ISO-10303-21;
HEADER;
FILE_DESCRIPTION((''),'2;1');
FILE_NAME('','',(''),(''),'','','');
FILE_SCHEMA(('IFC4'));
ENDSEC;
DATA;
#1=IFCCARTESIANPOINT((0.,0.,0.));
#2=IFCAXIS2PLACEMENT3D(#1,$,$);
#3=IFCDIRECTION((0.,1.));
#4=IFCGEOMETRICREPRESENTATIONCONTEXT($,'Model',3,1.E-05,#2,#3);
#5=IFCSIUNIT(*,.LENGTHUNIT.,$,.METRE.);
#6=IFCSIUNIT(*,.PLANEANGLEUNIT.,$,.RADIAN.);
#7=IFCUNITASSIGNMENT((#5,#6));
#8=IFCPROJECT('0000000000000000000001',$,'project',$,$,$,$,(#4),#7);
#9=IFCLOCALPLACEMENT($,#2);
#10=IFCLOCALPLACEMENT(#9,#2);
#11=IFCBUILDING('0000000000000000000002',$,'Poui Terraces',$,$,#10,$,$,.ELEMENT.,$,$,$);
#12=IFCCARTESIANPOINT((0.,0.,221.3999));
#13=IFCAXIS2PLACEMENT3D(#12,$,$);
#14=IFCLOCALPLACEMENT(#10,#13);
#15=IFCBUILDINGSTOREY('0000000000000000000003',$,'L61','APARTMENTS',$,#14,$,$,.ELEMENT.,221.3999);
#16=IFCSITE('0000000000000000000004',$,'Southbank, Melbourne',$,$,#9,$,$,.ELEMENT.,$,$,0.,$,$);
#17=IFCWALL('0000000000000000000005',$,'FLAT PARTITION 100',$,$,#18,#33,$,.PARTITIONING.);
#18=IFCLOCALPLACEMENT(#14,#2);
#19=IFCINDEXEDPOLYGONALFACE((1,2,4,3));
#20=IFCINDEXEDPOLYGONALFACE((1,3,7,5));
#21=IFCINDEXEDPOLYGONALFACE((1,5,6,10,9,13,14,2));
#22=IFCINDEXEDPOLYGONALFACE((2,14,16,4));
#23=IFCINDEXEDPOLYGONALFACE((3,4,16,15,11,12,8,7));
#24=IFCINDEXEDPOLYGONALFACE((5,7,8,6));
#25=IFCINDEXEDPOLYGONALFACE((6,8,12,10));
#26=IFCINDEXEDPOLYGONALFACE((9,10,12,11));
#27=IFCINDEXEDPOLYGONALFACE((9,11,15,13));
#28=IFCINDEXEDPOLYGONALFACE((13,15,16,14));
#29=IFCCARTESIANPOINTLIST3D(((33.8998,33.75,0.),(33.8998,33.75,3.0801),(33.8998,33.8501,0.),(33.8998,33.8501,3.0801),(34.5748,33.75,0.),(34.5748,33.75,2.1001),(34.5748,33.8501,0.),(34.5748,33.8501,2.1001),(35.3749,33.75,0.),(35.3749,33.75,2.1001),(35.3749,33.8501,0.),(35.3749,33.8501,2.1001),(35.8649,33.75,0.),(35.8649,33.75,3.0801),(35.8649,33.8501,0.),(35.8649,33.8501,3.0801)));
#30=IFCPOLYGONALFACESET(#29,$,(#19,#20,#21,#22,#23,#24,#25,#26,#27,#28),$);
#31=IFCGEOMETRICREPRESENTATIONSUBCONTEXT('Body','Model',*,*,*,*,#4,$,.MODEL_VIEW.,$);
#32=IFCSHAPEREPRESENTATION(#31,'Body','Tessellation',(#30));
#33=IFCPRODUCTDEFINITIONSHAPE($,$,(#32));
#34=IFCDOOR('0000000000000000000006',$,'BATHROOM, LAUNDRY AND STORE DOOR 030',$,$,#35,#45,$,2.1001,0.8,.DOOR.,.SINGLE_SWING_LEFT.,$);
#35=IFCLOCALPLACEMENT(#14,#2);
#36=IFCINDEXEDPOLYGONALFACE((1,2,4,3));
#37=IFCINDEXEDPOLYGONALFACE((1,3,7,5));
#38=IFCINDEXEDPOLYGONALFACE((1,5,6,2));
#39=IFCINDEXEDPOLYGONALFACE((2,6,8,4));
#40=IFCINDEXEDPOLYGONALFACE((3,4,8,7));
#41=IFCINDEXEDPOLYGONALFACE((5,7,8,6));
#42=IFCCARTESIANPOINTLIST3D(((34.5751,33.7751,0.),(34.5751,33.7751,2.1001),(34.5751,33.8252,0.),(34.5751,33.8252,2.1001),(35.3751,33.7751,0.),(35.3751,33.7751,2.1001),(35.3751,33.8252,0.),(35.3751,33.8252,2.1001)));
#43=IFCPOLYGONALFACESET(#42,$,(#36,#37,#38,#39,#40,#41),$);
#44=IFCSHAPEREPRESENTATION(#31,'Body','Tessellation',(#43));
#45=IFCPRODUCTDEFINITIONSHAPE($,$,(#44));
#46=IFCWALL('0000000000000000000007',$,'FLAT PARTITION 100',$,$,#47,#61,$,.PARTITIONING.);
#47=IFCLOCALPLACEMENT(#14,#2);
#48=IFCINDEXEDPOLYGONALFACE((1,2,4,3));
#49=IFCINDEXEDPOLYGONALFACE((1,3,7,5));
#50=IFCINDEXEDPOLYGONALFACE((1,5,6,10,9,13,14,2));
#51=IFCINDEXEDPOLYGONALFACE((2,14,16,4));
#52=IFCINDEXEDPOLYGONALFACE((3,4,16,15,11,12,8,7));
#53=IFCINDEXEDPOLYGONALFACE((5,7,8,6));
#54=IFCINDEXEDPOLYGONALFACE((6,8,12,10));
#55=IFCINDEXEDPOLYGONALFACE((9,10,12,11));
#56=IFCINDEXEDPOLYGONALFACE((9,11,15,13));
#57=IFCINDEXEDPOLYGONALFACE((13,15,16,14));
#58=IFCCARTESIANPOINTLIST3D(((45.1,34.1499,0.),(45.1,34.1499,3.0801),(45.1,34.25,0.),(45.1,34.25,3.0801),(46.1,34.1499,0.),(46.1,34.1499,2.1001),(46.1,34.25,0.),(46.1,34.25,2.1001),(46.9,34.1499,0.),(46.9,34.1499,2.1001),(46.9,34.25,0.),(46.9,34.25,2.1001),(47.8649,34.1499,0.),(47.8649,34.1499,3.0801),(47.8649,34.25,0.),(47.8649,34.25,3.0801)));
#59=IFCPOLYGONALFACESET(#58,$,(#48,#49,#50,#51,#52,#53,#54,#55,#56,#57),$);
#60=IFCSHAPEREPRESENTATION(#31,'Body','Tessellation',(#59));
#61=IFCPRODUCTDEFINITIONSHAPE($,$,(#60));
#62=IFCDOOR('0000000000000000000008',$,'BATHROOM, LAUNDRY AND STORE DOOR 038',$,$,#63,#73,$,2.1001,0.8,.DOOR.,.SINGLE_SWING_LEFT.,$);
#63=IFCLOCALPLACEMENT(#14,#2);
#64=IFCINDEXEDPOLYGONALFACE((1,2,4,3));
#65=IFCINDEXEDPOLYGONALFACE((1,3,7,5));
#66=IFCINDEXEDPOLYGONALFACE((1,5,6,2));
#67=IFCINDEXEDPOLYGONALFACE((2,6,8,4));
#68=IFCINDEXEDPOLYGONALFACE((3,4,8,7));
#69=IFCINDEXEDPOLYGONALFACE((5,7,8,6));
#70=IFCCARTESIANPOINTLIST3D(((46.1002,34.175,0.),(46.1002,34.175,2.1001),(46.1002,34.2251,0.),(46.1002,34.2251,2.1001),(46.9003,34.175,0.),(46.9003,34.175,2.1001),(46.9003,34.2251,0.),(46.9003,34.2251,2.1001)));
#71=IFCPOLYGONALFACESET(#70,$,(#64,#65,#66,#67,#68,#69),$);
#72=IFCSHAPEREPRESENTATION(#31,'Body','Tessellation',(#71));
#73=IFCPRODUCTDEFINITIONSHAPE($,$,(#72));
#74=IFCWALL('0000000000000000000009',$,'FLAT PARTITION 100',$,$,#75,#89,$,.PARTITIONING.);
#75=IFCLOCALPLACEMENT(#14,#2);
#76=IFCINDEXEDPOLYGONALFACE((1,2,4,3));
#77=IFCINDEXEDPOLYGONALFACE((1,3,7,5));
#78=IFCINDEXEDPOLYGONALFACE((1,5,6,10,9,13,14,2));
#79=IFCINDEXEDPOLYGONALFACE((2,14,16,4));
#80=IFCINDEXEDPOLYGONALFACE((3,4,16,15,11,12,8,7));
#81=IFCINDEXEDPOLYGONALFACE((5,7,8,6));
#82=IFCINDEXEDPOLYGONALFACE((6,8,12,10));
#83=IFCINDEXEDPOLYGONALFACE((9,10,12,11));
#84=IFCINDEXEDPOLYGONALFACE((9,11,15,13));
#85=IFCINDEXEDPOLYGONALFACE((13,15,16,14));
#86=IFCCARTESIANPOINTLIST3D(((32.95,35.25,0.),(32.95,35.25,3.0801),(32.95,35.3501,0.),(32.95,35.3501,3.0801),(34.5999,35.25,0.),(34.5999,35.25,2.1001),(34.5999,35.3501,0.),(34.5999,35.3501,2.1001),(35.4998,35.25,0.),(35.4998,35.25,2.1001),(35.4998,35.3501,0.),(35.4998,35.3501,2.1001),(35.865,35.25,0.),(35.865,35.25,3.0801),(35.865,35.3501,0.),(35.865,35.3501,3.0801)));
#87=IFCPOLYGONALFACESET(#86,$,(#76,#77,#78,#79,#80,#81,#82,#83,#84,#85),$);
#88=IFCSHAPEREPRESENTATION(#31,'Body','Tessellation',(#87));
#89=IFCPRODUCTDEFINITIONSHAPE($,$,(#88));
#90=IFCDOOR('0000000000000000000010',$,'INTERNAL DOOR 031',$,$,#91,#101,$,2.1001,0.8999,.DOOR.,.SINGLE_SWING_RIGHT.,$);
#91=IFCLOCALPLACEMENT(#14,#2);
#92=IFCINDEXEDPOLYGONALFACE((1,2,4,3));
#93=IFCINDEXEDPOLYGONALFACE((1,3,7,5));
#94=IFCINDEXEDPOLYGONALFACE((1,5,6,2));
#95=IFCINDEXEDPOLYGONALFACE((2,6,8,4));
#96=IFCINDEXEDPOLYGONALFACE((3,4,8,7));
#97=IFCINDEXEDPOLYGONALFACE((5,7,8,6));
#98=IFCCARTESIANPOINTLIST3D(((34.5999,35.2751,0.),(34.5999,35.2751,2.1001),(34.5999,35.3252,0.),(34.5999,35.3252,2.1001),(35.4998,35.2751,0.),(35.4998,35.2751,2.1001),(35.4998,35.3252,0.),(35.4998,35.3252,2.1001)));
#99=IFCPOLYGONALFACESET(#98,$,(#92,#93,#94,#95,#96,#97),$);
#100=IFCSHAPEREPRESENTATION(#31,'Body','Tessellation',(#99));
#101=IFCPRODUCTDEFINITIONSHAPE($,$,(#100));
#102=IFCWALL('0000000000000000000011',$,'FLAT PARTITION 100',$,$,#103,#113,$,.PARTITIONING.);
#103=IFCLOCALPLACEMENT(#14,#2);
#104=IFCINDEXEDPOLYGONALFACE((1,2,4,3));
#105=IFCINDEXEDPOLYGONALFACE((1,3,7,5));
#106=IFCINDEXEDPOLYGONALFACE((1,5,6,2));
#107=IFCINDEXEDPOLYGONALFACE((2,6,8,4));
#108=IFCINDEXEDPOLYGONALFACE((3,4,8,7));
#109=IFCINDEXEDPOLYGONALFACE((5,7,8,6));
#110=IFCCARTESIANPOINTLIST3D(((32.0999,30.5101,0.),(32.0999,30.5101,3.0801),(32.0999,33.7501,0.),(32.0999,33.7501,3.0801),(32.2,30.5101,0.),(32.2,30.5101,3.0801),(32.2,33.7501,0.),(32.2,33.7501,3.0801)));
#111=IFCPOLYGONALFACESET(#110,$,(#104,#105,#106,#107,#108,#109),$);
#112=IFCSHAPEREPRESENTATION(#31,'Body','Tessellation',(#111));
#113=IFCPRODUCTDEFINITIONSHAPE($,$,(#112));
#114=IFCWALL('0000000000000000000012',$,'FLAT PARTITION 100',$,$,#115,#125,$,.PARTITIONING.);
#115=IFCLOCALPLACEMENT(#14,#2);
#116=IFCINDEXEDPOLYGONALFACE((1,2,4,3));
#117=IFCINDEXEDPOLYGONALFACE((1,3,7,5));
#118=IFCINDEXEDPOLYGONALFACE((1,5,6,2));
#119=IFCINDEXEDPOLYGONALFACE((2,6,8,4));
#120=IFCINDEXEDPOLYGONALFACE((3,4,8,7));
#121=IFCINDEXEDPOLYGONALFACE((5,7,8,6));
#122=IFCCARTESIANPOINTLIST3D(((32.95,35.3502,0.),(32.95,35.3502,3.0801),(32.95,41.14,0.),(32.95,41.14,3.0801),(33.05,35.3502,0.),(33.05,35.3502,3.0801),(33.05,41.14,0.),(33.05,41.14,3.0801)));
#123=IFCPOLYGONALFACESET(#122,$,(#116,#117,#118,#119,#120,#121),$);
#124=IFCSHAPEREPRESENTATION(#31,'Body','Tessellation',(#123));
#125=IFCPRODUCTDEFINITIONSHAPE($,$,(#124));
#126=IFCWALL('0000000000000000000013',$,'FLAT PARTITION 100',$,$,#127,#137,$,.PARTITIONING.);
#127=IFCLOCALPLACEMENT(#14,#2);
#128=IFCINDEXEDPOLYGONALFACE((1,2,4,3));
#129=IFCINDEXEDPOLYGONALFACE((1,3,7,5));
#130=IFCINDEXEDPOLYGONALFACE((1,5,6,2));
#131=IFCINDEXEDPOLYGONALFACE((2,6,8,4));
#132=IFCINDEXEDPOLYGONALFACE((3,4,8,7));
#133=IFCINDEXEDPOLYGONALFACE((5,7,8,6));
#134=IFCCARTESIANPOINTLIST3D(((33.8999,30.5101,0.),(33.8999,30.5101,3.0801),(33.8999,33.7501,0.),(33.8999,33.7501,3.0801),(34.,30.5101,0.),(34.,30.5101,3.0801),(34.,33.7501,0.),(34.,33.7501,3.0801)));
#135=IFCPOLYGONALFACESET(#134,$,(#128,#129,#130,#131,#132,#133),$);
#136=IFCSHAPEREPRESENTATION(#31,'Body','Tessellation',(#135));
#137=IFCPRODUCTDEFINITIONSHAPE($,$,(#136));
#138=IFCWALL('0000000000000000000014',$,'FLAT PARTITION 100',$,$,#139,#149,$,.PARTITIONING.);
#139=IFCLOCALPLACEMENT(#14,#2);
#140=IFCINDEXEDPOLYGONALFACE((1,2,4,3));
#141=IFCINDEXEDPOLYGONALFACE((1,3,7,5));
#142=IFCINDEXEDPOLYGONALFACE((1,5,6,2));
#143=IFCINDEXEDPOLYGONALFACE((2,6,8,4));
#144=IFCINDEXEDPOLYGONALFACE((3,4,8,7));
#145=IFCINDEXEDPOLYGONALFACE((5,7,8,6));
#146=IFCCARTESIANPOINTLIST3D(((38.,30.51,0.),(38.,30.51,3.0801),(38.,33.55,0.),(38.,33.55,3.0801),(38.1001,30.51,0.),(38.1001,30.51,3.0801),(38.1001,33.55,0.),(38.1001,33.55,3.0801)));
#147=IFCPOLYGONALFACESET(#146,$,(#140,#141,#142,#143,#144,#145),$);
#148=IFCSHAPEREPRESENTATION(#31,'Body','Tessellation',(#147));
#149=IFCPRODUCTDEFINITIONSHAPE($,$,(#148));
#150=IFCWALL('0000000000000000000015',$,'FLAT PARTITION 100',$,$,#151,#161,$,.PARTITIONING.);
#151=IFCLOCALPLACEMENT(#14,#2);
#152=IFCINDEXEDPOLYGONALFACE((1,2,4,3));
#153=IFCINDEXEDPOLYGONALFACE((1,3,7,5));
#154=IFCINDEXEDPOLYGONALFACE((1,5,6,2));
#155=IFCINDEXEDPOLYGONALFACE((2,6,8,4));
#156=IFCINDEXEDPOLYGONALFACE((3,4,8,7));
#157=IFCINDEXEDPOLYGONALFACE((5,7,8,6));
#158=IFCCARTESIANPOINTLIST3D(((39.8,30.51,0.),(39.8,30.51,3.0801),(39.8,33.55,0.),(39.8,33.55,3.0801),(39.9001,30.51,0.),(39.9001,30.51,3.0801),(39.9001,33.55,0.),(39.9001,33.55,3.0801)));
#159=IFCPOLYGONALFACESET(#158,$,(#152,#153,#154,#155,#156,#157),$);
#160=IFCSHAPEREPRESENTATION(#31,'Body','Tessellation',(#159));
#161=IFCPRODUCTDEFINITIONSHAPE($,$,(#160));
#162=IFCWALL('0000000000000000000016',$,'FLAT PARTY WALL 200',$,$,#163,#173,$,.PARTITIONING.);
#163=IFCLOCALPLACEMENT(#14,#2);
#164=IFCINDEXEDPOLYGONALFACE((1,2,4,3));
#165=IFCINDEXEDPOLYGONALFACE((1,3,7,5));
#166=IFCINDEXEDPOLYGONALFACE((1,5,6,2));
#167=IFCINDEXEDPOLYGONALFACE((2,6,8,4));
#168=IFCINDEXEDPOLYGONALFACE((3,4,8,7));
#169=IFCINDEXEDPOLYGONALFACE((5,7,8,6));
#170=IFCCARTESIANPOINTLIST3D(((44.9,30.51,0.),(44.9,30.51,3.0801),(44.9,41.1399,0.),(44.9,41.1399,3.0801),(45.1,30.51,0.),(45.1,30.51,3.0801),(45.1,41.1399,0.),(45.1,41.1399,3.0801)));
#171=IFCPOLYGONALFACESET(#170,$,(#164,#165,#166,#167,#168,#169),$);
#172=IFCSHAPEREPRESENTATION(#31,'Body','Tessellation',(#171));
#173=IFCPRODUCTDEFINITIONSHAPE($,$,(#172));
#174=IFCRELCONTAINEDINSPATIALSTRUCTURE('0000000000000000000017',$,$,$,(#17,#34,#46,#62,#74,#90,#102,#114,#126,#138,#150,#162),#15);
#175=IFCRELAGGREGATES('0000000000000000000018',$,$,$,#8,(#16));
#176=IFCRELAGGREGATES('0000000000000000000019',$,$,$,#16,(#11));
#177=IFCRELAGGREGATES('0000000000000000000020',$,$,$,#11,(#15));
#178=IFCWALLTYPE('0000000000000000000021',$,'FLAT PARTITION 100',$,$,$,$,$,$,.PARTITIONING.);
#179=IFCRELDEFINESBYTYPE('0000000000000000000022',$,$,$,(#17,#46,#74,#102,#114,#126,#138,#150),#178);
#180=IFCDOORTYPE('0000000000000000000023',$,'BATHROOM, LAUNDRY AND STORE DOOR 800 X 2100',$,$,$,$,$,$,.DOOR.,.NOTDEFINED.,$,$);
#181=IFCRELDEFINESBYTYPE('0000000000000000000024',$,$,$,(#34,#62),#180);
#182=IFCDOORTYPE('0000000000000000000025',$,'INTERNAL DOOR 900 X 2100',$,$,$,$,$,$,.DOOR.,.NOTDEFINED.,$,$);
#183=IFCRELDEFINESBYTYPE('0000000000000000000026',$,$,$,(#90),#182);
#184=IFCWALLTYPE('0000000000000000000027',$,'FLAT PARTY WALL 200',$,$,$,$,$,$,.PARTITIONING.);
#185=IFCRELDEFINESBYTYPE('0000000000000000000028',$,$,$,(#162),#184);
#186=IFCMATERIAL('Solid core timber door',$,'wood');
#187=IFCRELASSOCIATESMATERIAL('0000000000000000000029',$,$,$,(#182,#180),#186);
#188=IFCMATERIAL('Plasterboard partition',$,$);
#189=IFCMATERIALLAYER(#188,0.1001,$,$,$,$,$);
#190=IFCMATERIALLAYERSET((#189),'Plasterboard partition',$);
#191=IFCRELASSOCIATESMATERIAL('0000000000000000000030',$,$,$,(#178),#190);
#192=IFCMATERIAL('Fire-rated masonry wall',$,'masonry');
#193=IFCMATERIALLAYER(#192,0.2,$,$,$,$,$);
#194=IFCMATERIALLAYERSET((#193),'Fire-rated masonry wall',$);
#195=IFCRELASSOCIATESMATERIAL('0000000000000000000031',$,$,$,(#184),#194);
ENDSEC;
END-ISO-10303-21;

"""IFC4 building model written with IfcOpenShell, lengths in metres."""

from ifc_helpers import new_model, si_unit, direction, frame, frame_2d, origin, place, context, subcontext, project, spatial, rectangle, extrude, material, layer, layer_set, type_object, element, fill, save


model = new_model("IFC4")

# Units and contexts
model_context = context("Model", 3, precision=1e-05, world=origin(), true_north=direction((0.0, 1.0)))
body_context = subcontext(model_context, "Body", "Model", "MODEL_VIEW")
ifc_project = project(units=[si_unit("LENGTHUNIT", "METRE"), si_unit("PLANEANGLEUNIT", "RADIAN")], contexts=[model_context])

# Site, building, storey
site_placement = place(None, origin())
site = spatial("IfcSite", under=ifc_project, at=site_placement, Name="Southbank, Melbourne", CompositionType="ELEMENT", RefElevation=0.0)
building_placement = place(site_placement, origin())
building = spatial("IfcBuilding", under=site, at=building_placement, Name="Poui Terraces", CompositionType="ELEMENT")
storey_placement = place(building_placement, frame((0.0, 0.0, 221.3999)))
storey = spatial("IfcBuildingStorey", under=building, at=storey_placement, Name="L61", Description="APARTMENTS", CompositionType="ELEMENT", Elevation=221.3999)

# Walls, openings, doors
ifc_material_1 = material(Name="Solid core timber door", Category="wood")
door_type_1 = type_object("IfcDoorType", Name="INTERNAL DOOR 900 X 2100", OperationType="NOTDEFINED", PredefinedType="DOOR", material=ifc_material_1)
ifc_material_2 = material(Name="Plasterboard partition")
ifc_layer_1 = layer(ifc_material_2, 0.1001)
ifc_layer_set_1 = layer_set([ifc_layer_1], Name="Plasterboard partition")
wall_type_1 = type_object("IfcWallType", Name="FLAT PARTITION 100", PredefinedType="PARTITIONING", material=ifc_layer_set_1)
door_type_2 = type_object("IfcDoorType", Name="BATHROOM, LAUNDRY AND STORE DOOR 800 X 2100", OperationType="NOTDEFINED", PredefinedType="DOOR", material=ifc_material_1)
wall_1_placement = place(storey_placement, frame((33.8999, 33.8, 0.0), z_axis=(0.0, 0.0, 1.0), x_axis=(1.0, 0.0, 0.0)))
wall_1 = element("IfcWall", 1, at=wall_1_placement, inside=storey, type_object=wall_type_1, Name="FLAT PARTITION 100", PredefinedType="PARTITIONING", context=body_context, shape_type="SweptSolid", body=[
    extrude(rectangle(XDim=1.9651, YDim=0.1001, at=frame_2d((0.9824, 0.0))), origin(), (0.0, 0.0, 1.0), 3.0801),
])
opening_1_placement = place(wall_1_placement, frame((0.675, 0.0, 0.0)))
opening_1 = element("IfcOpeningElement", 2, at=opening_1_placement, cuts=wall_1, PredefinedType="OPENING", context=body_context, shape_type="SweptSolid", body=[
    extrude(rectangle(XDim=0.8, YDim=2.1001, at=frame_2d((0.3999, 1.05))), frame((0.0, 0.0601, 0.0), z_axis=(0.0, -1.0, 0.0), x_axis=(1.0, 0.0, 0.0)), (0.0, 0.0, 1.0), 0.1201),
])
door_1_placement = place(opening_1_placement, frame((0.8, 0.0, 0.0), z_axis=(0.0, 0.0, 1.0), x_axis=(-1.0, 0.0, 0.0)))
door_1 = element("IfcDoor", 3, at=door_1_placement, inside=storey, type_object=door_type_2, Name="BATHROOM, LAUNDRY AND STORE DOOR 030", OperationType="SINGLE_SWING_LEFT", OverallHeight=2.1001, OverallWidth=0.8, PredefinedType="DOOR", context=body_context, shape_type="SweptSolid", body=[
    extrude(rectangle(XDim=0.8, YDim=2.1001, at=frame_2d((0.3999, 1.05))), frame((0.0, 0.0249, 0.0), z_axis=(0.0, -1.0, 0.0), x_axis=(1.0, 0.0, 0.0)), (0.0, 0.0, 1.0), 0.05),
])
fill(opening_1, door_1)
wall_2_placement = place(storey_placement, frame((45.1001, 34.2, 0.0), z_axis=(0.0, 0.0, 1.0), x_axis=(1.0, 0.0, 0.0)))
wall_2 = element("IfcWall", 4, at=wall_2_placement, inside=storey, type_object=wall_type_1, Name="FLAT PARTITION 100", PredefinedType="PARTITIONING", context=body_context, shape_type="SweptSolid", body=[
    extrude(rectangle(XDim=2.7649, YDim=0.1001, at=frame_2d((1.3823, 0.0))), origin(), (0.0, 0.0, 1.0), 3.0801),
])
opening_2_placement = place(wall_2_placement, frame((1.0, 0.0, 0.0)))
opening_2 = element("IfcOpeningElement", 5, at=opening_2_placement, cuts=wall_2, PredefinedType="OPENING", context=body_context, shape_type="SweptSolid", body=[
    extrude(rectangle(XDim=0.8, YDim=2.1001, at=frame_2d((0.3999, 1.05))), frame((0.0, 0.0601, 0.0), z_axis=(0.0, -1.0, 0.0), x_axis=(1.0, 0.0, 0.0)), (0.0, 0.0, 1.0), 0.1201),
])
door_2_placement = place(opening_2_placement, frame((0.8, 0.0, 0.0), z_axis=(0.0, 0.0, 1.0), x_axis=(-1.0, 0.0, 0.0)))
door_2 = element("IfcDoor", 6, at=door_2_placement, inside=storey, type_object=door_type_2, Name="BATHROOM, LAUNDRY AND STORE DOOR 038", OperationType="SINGLE_SWING_LEFT", OverallHeight=2.1001, OverallWidth=0.8, PredefinedType="DOOR", context=body_context, shape_type="SweptSolid", body=[
    extrude(rectangle(XDim=0.8, YDim=2.1001, at=frame_2d((0.3999, 1.05))), frame((0.0, 0.0249, 0.0), z_axis=(0.0, -1.0, 0.0), x_axis=(1.0, 0.0, 0.0)), (0.0, 0.0, 1.0), 0.05),
])
fill(opening_2, door_2)
wall_3_placement = place(storey_placement, frame((32.95, 35.3, 0.0), z_axis=(0.0, 0.0, 1.0), x_axis=(1.0, 0.0, 0.0)))
wall_3 = element("IfcWall", 7, at=wall_3_placement, inside=storey, type_object=wall_type_1, Name="FLAT PARTITION 100", PredefinedType="PARTITIONING", context=body_context, shape_type="SweptSolid", body=[
    extrude(rectangle(XDim=2.915, YDim=0.1001, at=frame_2d((1.4575, 0.0))), origin(), (0.0, 0.0, 1.0), 3.0801),
])
opening_3_placement = place(wall_3_placement, frame((1.6499, 0.0, 0.0)))
opening_3 = element("IfcOpeningElement", 8, at=opening_3_placement, cuts=wall_3, PredefinedType="OPENING", context=body_context, shape_type="SweptSolid", body=[
    extrude(rectangle(XDim=0.8999, YDim=2.1001, at=frame_2d((0.45, 1.05))), frame((0.0, 0.0601, 0.0), z_axis=(0.0, -1.0, 0.0), x_axis=(1.0, 0.0, 0.0)), (0.0, 0.0, 1.0), 0.1201),
])
door_3_placement = place(opening_3_placement, frame((0.8999, 0.0, 0.0), z_axis=(0.0, 0.0, 1.0), x_axis=(-1.0, 0.0, 0.0)))
door_3 = element("IfcDoor", 9, at=door_3_placement, inside=storey, type_object=door_type_1, Name="INTERNAL DOOR 031", OperationType="SINGLE_SWING_RIGHT", OverallHeight=2.1001, OverallWidth=0.8999, PredefinedType="DOOR", context=body_context, shape_type="SweptSolid", body=[
    extrude(rectangle(XDim=0.8999, YDim=2.1001, at=frame_2d((0.45, 1.05))), frame((0.0, 0.0249, 0.0), z_axis=(0.0, -1.0, 0.0), x_axis=(1.0, 0.0, 0.0)), (0.0, 0.0, 1.0), 0.05),
])
fill(opening_3, door_3)

# Walls
wall_4_placement = place(storey_placement, frame((32.1499, 30.51, 0.0), z_axis=(0.0, 0.0, 1.0), x_axis=(0.0, 1.0, 0.0)))
element("IfcWall", 10, at=wall_4_placement, inside=storey, type_object=wall_type_1, Name="FLAT PARTITION 100", PredefinedType="PARTITIONING", context=body_context, shape_type="SweptSolid", body=[
    extrude(rectangle(XDim=3.24, YDim=0.1001, at=frame_2d((1.6201, 0.0))), origin(), (0.0, 0.0, 1.0), 3.0801),
])
wall_5_placement = place(storey_placement, frame((33.0, 35.3501, 0.0), z_axis=(0.0, 0.0, 1.0), x_axis=(0.0, 1.0, 0.0)))
element("IfcWall", 11, at=wall_5_placement, inside=storey, type_object=wall_type_1, Name="FLAT PARTITION 100", PredefinedType="PARTITIONING", context=body_context, shape_type="SweptSolid", body=[
    extrude(rectangle(XDim=5.7898, YDim=0.1001, at=frame_2d((2.895, 0.0))), origin(), (0.0, 0.0, 1.0), 3.0801),
])
wall_6_placement = place(storey_placement, frame((33.95, 30.51, 0.0), z_axis=(0.0, 0.0, 1.0), x_axis=(0.0, 1.0, 0.0)))
element("IfcWall", 12, at=wall_6_placement, inside=storey, type_object=wall_type_1, Name="FLAT PARTITION 100", PredefinedType="PARTITIONING", context=body_context, shape_type="SweptSolid", body=[
    extrude(rectangle(XDim=3.24, YDim=0.1001, at=frame_2d((1.6201, 0.0))), origin(), (0.0, 0.0, 1.0), 3.0801),
])
for number, where, z_axis, x_axis, name in (
    (13, (38.05, 30.51, 0.0), (0.0, 0.0, 1.0), (0.0, 1.0, 0.0), "FLAT PARTITION 100"),
    (14, (39.8501, 30.51, 0.0), (0.0, 0.0, 1.0), (0.0, 1.0, 0.0), "FLAT PARTITION 100"),
):
    element("IfcWall", number, at=place(storey_placement, frame(where, z_axis=z_axis, x_axis=x_axis)), inside=storey, type_object=wall_type_1, Name=name, PredefinedType="PARTITIONING", context=body_context, shape_type="SweptSolid", body=[
        extrude(rectangle(XDim=3.04, YDim=0.1001, at=frame_2d((1.52, 0.0))), origin(), (0.0, 0.0, 1.0), 3.0801),
    ])
ifc_material_3 = material(Name="Fire-rated masonry wall", Category="masonry")
ifc_layer_2 = layer(ifc_material_3, 0.2)
ifc_layer_set_2 = layer_set([ifc_layer_2], Name="Fire-rated masonry wall")
wall_type_2 = type_object("IfcWallType", Name="FLAT PARTY WALL 200", PredefinedType="PARTITIONING", material=ifc_layer_set_2)
wall_7_placement = place(storey_placement, frame((45.0, 30.51, 0.0), z_axis=(0.0, 0.0, 1.0), x_axis=(0.0, 1.0, 0.0)))
element("IfcWall", 15, at=wall_7_placement, inside=storey, type_object=wall_type_2, Name="FLAT PARTY WALL 200", PredefinedType="PARTITIONING", context=body_context, shape_type="SweptSolid", body=[
    extrude(rectangle(XDim=10.6299, YDim=0.2, at=frame_2d((5.3149, 0.0))), origin(), (0.0, 0.0, 1.0), 3.0801),
])

save(model, "model.ifc")
